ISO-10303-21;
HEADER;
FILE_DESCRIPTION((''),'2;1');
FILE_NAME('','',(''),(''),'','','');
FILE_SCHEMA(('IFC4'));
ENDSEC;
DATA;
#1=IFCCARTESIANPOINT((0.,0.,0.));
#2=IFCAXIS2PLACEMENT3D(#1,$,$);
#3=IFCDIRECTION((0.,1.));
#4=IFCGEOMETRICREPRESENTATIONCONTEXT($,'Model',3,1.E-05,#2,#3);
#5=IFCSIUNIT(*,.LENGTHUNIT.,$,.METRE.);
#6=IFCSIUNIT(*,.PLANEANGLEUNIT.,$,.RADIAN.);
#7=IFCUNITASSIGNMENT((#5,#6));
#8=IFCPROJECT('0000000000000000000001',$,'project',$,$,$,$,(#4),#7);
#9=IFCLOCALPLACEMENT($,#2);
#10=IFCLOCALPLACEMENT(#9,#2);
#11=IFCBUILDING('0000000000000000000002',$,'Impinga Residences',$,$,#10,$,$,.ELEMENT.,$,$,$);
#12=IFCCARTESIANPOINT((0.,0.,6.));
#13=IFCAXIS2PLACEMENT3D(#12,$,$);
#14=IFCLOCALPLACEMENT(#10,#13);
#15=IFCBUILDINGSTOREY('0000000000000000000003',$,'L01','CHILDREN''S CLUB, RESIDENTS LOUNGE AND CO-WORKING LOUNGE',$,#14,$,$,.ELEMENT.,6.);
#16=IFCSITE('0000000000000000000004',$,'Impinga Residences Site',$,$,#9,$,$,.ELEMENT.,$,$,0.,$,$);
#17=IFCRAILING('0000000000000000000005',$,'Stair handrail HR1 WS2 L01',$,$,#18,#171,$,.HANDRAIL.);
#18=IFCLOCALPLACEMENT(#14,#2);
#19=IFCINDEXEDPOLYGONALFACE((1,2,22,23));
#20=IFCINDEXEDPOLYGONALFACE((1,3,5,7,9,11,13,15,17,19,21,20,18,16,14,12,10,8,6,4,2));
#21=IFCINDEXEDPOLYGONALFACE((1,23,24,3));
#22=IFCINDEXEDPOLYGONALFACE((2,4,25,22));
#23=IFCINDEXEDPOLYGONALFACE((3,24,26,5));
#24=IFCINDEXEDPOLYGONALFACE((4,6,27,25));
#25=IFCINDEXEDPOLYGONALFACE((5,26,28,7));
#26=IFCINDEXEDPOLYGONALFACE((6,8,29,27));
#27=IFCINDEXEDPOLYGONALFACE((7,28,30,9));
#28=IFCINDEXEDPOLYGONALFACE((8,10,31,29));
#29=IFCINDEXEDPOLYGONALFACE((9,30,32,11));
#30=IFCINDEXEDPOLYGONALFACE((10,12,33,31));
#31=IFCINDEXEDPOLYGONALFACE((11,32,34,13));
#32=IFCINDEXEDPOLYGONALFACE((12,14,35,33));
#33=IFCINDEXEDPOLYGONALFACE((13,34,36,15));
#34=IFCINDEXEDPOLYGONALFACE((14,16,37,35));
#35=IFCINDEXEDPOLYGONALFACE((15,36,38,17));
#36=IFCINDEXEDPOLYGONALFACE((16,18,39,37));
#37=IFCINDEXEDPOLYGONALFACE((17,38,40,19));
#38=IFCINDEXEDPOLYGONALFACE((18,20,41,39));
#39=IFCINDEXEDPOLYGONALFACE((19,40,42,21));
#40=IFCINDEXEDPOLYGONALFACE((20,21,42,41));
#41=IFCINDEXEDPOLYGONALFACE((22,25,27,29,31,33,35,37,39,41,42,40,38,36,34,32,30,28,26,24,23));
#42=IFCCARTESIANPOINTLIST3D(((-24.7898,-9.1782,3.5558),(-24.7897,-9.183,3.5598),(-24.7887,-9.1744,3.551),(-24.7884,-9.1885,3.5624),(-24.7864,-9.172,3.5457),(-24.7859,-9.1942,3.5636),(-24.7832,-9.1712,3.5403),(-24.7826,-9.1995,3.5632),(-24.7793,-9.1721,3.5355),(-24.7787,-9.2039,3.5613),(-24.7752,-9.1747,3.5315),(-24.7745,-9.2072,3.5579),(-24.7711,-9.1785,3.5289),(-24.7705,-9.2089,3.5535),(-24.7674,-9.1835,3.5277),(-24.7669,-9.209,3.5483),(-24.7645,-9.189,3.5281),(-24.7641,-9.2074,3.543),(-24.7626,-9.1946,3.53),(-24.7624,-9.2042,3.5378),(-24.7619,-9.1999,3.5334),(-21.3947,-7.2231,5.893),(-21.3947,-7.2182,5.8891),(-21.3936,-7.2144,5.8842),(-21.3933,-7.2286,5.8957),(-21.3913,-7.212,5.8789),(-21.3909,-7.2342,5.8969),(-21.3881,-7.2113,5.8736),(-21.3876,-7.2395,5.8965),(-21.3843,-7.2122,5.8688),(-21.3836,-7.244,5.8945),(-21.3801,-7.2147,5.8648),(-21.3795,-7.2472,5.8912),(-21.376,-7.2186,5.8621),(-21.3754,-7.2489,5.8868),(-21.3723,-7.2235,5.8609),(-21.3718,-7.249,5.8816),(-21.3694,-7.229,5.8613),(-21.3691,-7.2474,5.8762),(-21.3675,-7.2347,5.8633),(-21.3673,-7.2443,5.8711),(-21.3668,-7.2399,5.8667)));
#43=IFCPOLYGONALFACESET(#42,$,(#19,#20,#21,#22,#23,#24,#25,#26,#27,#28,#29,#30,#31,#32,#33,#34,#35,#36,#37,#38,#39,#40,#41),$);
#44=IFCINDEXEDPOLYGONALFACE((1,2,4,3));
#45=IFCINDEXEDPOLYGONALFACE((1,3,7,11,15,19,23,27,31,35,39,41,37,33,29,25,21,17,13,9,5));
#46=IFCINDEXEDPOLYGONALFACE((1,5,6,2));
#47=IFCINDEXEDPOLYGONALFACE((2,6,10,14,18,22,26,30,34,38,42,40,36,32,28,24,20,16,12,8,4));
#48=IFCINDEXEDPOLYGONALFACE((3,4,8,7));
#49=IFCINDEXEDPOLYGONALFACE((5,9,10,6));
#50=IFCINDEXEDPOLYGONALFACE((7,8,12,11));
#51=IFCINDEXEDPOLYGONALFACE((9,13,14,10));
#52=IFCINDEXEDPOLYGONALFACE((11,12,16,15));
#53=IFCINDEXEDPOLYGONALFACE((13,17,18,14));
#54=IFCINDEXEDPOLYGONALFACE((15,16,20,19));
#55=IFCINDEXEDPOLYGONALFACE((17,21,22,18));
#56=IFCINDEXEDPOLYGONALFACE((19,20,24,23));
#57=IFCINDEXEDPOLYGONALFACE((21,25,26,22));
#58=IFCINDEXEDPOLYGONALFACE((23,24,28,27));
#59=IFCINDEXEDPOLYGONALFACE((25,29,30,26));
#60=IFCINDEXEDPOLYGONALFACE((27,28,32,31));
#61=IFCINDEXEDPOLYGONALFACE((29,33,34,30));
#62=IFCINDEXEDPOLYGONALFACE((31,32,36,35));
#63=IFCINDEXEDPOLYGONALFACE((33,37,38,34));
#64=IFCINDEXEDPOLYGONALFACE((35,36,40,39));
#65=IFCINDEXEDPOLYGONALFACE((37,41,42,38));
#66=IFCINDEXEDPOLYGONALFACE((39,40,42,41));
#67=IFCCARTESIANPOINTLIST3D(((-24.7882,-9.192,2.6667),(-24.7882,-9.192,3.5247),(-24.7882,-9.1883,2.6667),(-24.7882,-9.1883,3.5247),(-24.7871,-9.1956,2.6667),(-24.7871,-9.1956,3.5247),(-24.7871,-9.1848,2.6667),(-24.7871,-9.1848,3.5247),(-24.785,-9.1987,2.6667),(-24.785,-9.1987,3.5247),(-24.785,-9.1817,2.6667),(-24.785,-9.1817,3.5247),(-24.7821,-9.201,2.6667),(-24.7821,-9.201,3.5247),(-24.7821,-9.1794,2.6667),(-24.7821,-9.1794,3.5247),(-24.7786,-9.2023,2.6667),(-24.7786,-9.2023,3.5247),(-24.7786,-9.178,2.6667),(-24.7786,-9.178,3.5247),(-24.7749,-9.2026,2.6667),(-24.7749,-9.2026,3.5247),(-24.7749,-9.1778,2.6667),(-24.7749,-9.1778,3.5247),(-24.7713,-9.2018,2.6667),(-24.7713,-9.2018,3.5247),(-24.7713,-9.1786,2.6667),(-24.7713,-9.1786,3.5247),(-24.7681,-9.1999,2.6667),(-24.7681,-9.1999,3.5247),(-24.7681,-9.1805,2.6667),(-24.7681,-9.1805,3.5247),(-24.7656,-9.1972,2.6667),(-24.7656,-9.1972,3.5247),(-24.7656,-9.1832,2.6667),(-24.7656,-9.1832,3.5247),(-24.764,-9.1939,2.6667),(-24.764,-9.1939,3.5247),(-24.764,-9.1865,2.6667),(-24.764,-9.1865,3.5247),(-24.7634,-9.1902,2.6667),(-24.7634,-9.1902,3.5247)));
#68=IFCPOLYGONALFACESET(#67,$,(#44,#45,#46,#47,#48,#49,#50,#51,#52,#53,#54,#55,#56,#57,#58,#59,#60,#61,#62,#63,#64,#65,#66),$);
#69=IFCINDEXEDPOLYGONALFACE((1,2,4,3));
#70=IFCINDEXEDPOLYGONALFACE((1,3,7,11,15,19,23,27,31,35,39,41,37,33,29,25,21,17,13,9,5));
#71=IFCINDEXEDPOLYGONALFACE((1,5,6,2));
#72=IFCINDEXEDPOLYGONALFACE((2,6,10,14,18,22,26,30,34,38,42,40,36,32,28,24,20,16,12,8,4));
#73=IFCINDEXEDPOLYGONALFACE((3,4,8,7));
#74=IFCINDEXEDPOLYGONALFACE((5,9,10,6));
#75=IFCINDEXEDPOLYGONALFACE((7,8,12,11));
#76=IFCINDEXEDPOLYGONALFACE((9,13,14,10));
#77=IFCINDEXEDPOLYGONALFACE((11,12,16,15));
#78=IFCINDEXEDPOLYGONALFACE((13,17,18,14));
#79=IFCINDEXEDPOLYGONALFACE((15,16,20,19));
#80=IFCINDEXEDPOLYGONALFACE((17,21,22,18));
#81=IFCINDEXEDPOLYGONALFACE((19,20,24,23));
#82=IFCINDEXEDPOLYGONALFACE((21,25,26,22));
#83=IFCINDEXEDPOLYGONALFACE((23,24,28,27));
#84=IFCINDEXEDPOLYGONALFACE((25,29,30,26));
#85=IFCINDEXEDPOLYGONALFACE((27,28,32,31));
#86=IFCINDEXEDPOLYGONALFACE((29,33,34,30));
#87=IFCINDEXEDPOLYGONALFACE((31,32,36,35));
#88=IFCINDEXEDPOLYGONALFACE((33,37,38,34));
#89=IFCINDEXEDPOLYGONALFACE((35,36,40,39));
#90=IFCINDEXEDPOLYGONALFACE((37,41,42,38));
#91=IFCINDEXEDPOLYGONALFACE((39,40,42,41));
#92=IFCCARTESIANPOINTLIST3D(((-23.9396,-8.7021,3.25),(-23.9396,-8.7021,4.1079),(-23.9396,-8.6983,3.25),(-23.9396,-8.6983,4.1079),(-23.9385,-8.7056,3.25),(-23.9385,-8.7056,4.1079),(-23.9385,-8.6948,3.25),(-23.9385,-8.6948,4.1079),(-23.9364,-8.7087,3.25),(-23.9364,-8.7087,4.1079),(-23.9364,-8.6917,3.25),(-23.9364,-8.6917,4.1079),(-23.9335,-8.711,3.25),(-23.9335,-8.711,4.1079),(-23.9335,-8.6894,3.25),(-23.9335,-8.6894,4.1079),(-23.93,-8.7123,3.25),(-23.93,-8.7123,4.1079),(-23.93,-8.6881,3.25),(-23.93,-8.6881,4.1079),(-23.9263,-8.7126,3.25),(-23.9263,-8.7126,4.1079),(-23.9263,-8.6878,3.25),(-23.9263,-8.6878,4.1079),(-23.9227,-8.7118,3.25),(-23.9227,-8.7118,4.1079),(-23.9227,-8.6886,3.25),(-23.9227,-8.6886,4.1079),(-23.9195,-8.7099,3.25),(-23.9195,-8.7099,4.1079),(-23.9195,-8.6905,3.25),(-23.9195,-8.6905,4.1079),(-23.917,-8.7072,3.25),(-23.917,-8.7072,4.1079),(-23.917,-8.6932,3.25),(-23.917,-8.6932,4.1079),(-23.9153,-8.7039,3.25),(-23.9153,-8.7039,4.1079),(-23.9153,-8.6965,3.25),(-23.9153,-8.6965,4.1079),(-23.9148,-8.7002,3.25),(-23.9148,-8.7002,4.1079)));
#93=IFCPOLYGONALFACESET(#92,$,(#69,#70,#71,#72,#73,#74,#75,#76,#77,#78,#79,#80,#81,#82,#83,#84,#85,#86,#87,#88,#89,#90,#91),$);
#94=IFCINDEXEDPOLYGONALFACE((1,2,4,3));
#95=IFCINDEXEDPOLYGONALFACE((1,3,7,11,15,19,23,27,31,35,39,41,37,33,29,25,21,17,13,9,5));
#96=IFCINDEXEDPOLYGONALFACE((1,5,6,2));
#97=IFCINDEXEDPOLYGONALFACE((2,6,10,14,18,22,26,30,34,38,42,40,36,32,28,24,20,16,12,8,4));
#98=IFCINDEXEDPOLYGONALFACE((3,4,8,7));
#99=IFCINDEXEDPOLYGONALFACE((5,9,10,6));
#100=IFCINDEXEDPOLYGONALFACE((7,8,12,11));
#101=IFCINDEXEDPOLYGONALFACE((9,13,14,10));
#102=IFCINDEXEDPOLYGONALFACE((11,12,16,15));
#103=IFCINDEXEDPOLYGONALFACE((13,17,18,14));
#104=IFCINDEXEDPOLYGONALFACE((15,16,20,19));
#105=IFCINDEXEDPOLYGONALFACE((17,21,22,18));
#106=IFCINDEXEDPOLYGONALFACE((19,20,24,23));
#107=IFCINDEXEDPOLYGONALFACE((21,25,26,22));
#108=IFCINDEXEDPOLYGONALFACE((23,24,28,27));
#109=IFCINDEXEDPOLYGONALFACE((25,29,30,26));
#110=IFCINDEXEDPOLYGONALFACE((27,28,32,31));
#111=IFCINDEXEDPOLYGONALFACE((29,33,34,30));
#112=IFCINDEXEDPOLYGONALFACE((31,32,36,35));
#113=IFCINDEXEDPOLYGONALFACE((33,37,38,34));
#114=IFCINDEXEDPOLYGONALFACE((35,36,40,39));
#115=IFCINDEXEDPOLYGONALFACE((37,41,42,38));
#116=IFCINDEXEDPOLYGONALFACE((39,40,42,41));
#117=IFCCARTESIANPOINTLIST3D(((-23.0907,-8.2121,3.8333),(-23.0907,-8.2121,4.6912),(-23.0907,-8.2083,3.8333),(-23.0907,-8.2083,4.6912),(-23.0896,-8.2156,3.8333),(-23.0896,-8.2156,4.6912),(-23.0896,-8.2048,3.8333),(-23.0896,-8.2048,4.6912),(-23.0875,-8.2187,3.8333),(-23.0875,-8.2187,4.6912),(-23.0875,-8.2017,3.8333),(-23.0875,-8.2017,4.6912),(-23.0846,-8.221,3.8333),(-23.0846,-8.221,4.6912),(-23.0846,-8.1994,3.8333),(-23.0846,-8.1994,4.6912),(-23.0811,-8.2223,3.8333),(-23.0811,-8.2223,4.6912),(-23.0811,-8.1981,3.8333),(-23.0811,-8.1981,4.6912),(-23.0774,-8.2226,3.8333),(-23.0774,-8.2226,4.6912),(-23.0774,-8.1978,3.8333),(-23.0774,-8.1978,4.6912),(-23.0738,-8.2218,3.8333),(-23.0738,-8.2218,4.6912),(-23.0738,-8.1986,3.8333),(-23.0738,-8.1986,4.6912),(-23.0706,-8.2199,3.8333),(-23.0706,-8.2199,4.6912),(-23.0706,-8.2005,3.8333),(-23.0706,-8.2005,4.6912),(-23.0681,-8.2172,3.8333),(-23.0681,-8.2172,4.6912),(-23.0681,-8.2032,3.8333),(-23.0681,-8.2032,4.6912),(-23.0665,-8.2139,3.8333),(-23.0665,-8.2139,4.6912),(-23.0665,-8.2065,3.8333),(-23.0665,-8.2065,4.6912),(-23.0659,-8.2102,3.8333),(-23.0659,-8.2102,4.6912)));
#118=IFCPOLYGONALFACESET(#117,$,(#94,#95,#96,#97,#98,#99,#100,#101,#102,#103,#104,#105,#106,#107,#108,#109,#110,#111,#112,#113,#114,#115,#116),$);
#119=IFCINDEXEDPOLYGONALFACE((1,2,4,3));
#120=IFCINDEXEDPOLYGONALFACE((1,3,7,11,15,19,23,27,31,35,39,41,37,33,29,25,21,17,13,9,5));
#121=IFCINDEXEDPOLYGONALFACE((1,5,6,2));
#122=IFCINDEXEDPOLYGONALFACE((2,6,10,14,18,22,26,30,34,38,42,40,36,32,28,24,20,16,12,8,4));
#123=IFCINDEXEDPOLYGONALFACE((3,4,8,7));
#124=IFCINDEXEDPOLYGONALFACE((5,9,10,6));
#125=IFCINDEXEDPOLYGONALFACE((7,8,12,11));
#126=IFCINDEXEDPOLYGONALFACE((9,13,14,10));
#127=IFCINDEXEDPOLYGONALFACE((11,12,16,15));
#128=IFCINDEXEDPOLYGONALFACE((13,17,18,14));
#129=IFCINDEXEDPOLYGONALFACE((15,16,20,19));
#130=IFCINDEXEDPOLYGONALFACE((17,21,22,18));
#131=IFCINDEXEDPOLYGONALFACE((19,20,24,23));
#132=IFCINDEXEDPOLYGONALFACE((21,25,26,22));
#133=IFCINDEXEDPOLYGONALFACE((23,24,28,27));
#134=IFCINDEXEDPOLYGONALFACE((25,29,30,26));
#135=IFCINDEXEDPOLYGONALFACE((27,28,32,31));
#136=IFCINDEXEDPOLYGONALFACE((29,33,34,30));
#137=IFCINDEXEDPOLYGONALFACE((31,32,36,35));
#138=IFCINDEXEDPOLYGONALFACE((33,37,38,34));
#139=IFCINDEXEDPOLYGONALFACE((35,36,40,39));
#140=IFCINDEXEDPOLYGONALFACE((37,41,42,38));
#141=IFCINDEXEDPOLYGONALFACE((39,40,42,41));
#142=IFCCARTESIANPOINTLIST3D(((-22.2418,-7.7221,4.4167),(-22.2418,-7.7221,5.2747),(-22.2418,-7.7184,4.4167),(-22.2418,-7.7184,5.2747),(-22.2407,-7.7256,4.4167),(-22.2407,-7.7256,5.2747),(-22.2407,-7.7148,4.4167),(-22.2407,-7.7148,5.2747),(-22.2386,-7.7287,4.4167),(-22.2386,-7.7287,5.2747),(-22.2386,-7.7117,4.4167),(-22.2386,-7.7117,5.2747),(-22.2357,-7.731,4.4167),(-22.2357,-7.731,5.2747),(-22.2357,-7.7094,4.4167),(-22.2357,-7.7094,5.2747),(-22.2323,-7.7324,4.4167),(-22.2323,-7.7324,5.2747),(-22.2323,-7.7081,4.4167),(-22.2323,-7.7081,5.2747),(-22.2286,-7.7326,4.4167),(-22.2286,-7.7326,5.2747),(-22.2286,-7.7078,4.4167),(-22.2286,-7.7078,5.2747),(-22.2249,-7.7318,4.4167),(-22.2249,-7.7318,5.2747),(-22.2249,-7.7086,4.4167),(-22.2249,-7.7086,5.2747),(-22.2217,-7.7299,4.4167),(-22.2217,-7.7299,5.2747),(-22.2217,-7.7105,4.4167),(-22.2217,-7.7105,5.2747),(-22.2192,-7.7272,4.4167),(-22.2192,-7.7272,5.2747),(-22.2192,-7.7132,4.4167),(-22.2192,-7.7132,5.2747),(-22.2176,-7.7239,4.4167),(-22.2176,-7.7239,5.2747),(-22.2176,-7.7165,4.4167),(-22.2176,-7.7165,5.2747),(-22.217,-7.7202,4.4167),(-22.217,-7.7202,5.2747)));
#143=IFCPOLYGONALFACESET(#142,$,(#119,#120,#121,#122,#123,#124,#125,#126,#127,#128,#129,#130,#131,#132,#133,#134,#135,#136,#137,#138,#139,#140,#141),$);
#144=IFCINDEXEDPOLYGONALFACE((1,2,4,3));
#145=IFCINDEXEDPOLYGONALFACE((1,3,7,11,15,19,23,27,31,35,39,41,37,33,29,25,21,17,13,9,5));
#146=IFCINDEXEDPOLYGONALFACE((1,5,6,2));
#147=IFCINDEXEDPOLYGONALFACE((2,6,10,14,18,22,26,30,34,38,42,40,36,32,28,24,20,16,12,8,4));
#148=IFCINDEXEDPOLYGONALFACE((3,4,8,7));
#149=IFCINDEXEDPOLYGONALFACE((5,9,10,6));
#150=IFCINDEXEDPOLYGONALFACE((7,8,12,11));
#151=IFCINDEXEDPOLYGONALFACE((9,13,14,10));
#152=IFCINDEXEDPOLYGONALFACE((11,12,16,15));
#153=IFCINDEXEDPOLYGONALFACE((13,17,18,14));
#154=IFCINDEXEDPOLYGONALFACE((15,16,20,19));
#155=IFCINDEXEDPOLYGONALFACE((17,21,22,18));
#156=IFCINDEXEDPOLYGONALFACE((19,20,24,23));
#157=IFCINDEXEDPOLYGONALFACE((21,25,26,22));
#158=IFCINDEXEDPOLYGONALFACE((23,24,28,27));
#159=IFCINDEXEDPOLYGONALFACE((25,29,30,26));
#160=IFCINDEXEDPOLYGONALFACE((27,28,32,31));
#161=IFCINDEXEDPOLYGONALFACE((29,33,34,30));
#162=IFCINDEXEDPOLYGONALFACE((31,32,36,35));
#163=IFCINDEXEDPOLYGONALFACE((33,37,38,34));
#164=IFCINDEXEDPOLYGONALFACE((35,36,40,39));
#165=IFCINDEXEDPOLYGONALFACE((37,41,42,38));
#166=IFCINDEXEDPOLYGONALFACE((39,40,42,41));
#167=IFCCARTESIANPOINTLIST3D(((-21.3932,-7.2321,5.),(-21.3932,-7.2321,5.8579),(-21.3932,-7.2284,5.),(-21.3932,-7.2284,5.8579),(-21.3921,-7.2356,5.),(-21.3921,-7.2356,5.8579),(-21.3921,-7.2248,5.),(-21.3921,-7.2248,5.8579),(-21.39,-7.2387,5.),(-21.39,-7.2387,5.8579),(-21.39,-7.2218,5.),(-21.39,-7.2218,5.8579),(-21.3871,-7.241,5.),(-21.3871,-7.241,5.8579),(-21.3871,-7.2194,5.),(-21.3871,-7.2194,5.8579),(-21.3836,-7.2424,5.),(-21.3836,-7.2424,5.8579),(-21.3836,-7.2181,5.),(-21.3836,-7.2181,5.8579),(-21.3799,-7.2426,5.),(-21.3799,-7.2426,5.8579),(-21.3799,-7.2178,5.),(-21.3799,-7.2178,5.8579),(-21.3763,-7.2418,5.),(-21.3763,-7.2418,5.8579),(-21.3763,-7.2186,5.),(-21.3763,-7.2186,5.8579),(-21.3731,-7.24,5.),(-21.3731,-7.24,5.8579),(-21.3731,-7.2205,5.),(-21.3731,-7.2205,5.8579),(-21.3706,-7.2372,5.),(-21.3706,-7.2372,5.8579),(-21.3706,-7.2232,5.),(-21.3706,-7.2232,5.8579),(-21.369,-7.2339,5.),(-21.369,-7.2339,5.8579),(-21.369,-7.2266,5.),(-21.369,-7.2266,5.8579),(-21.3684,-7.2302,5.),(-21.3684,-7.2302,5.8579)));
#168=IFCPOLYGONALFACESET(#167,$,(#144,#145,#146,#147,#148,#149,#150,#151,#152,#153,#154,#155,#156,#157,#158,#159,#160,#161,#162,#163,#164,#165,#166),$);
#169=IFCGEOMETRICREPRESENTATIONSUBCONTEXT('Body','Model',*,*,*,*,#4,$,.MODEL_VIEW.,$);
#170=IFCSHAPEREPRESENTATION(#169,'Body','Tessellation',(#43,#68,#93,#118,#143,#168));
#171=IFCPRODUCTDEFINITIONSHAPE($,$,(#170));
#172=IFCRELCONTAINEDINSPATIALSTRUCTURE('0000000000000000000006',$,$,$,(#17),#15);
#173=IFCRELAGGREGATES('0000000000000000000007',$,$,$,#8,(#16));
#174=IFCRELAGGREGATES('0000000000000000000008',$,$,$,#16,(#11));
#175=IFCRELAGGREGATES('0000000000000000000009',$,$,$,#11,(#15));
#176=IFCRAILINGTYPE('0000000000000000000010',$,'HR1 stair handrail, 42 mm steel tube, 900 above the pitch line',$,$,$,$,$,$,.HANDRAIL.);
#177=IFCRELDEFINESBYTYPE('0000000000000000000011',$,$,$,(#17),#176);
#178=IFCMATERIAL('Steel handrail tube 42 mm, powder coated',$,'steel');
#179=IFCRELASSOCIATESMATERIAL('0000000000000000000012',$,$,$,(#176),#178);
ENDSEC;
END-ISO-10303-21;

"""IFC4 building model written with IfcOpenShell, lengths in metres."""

from ifc_helpers import new_model, si_unit, direction, frame, origin, origin_2d, place, context, subcontext, project, spatial, circle, extrude, material, type_object, element, save


model = new_model("IFC4")

# Units and contexts
model_context = context("Model", 3, precision=1e-05, world=origin(), true_north=direction((0.0, 1.0)))
body_context = subcontext(model_context, "Body", "Model", "MODEL_VIEW")
ifc_project = project(units=[si_unit("LENGTHUNIT", "METRE"), si_unit("PLANEANGLEUNIT", "RADIAN")], contexts=[model_context])

# Site, building, storey
site_placement = place(None, origin())
site = spatial("IfcSite", under=ifc_project, at=site_placement, Name="Impinga Residences Site", CompositionType="ELEMENT", RefElevation=0.0)
building_placement = place(site_placement, origin())
building = spatial("IfcBuilding", under=site, at=building_placement, Name="Impinga Residences", CompositionType="ELEMENT")
storey_placement = place(building_placement, frame((0.0, 0.0, 6.0)))
storey = spatial("IfcBuildingStorey", under=building, at=storey_placement, Name="L01", Description="CHILDREN'S CLUB, RESIDENTS LOUNGE AND CO-WORKING LOUNGE", CompositionType="ELEMENT", Elevation=6.0)

# Railing
ifc_material_1 = material(Name="Steel handrail tube 42 mm, powder coated", Category="steel")
railing_type_1 = type_object("IfcRailingType", Name="HR1 stair handrail, 42 mm steel tube, 900 above the pitch line", PredefinedType="HANDRAIL", material=ifc_material_1)
railing_1_placement = place(storey_placement, frame((-24.7759, -9.1902, 2.6667)))
element("IfcRailing", 1, at=railing_1_placement, inside=storey, type_object=railing_type_1, Name="Stair handrail HR1 WS2 L01", PredefinedType="HANDRAIL", context=body_context, shape_type="SweptSolid", body=[
    extrude(circle(Radius=0.021, at=origin_2d()), frame((0.0, 0.0, 0.8789), z_axis=(0.744199, 0.429629, 0.511456), x_axis=(-0.49997, 0.866042, 0.0)), (0.0, 0.0, 1.0), 4.562),
    extrude(circle(Radius=0.0125, at=origin_2d()), origin(), (0.0, 0.0, 1.0), 0.8579),
    extrude(circle(Radius=0.0125, at=origin_2d()), frame((0.8486, 0.49, 0.5833)), (0.0, 0.0, 1.0), 0.8579),
    extrude(circle(Radius=0.0125, at=origin_2d()), frame((1.6975, 0.98, 1.1665)), (0.0, 0.0, 1.0), 0.8579),
    extrude(circle(Radius=0.0125, at=origin_2d()), frame((2.5464, 1.47, 1.75)), (0.0, 0.0, 1.0), 0.8579),
    extrude(circle(Radius=0.0125, at=origin_2d()), frame((3.395, 1.96, 2.3333)), (0.0, 0.0, 1.0), 0.8579),
])

save(model, "model.ifc")
